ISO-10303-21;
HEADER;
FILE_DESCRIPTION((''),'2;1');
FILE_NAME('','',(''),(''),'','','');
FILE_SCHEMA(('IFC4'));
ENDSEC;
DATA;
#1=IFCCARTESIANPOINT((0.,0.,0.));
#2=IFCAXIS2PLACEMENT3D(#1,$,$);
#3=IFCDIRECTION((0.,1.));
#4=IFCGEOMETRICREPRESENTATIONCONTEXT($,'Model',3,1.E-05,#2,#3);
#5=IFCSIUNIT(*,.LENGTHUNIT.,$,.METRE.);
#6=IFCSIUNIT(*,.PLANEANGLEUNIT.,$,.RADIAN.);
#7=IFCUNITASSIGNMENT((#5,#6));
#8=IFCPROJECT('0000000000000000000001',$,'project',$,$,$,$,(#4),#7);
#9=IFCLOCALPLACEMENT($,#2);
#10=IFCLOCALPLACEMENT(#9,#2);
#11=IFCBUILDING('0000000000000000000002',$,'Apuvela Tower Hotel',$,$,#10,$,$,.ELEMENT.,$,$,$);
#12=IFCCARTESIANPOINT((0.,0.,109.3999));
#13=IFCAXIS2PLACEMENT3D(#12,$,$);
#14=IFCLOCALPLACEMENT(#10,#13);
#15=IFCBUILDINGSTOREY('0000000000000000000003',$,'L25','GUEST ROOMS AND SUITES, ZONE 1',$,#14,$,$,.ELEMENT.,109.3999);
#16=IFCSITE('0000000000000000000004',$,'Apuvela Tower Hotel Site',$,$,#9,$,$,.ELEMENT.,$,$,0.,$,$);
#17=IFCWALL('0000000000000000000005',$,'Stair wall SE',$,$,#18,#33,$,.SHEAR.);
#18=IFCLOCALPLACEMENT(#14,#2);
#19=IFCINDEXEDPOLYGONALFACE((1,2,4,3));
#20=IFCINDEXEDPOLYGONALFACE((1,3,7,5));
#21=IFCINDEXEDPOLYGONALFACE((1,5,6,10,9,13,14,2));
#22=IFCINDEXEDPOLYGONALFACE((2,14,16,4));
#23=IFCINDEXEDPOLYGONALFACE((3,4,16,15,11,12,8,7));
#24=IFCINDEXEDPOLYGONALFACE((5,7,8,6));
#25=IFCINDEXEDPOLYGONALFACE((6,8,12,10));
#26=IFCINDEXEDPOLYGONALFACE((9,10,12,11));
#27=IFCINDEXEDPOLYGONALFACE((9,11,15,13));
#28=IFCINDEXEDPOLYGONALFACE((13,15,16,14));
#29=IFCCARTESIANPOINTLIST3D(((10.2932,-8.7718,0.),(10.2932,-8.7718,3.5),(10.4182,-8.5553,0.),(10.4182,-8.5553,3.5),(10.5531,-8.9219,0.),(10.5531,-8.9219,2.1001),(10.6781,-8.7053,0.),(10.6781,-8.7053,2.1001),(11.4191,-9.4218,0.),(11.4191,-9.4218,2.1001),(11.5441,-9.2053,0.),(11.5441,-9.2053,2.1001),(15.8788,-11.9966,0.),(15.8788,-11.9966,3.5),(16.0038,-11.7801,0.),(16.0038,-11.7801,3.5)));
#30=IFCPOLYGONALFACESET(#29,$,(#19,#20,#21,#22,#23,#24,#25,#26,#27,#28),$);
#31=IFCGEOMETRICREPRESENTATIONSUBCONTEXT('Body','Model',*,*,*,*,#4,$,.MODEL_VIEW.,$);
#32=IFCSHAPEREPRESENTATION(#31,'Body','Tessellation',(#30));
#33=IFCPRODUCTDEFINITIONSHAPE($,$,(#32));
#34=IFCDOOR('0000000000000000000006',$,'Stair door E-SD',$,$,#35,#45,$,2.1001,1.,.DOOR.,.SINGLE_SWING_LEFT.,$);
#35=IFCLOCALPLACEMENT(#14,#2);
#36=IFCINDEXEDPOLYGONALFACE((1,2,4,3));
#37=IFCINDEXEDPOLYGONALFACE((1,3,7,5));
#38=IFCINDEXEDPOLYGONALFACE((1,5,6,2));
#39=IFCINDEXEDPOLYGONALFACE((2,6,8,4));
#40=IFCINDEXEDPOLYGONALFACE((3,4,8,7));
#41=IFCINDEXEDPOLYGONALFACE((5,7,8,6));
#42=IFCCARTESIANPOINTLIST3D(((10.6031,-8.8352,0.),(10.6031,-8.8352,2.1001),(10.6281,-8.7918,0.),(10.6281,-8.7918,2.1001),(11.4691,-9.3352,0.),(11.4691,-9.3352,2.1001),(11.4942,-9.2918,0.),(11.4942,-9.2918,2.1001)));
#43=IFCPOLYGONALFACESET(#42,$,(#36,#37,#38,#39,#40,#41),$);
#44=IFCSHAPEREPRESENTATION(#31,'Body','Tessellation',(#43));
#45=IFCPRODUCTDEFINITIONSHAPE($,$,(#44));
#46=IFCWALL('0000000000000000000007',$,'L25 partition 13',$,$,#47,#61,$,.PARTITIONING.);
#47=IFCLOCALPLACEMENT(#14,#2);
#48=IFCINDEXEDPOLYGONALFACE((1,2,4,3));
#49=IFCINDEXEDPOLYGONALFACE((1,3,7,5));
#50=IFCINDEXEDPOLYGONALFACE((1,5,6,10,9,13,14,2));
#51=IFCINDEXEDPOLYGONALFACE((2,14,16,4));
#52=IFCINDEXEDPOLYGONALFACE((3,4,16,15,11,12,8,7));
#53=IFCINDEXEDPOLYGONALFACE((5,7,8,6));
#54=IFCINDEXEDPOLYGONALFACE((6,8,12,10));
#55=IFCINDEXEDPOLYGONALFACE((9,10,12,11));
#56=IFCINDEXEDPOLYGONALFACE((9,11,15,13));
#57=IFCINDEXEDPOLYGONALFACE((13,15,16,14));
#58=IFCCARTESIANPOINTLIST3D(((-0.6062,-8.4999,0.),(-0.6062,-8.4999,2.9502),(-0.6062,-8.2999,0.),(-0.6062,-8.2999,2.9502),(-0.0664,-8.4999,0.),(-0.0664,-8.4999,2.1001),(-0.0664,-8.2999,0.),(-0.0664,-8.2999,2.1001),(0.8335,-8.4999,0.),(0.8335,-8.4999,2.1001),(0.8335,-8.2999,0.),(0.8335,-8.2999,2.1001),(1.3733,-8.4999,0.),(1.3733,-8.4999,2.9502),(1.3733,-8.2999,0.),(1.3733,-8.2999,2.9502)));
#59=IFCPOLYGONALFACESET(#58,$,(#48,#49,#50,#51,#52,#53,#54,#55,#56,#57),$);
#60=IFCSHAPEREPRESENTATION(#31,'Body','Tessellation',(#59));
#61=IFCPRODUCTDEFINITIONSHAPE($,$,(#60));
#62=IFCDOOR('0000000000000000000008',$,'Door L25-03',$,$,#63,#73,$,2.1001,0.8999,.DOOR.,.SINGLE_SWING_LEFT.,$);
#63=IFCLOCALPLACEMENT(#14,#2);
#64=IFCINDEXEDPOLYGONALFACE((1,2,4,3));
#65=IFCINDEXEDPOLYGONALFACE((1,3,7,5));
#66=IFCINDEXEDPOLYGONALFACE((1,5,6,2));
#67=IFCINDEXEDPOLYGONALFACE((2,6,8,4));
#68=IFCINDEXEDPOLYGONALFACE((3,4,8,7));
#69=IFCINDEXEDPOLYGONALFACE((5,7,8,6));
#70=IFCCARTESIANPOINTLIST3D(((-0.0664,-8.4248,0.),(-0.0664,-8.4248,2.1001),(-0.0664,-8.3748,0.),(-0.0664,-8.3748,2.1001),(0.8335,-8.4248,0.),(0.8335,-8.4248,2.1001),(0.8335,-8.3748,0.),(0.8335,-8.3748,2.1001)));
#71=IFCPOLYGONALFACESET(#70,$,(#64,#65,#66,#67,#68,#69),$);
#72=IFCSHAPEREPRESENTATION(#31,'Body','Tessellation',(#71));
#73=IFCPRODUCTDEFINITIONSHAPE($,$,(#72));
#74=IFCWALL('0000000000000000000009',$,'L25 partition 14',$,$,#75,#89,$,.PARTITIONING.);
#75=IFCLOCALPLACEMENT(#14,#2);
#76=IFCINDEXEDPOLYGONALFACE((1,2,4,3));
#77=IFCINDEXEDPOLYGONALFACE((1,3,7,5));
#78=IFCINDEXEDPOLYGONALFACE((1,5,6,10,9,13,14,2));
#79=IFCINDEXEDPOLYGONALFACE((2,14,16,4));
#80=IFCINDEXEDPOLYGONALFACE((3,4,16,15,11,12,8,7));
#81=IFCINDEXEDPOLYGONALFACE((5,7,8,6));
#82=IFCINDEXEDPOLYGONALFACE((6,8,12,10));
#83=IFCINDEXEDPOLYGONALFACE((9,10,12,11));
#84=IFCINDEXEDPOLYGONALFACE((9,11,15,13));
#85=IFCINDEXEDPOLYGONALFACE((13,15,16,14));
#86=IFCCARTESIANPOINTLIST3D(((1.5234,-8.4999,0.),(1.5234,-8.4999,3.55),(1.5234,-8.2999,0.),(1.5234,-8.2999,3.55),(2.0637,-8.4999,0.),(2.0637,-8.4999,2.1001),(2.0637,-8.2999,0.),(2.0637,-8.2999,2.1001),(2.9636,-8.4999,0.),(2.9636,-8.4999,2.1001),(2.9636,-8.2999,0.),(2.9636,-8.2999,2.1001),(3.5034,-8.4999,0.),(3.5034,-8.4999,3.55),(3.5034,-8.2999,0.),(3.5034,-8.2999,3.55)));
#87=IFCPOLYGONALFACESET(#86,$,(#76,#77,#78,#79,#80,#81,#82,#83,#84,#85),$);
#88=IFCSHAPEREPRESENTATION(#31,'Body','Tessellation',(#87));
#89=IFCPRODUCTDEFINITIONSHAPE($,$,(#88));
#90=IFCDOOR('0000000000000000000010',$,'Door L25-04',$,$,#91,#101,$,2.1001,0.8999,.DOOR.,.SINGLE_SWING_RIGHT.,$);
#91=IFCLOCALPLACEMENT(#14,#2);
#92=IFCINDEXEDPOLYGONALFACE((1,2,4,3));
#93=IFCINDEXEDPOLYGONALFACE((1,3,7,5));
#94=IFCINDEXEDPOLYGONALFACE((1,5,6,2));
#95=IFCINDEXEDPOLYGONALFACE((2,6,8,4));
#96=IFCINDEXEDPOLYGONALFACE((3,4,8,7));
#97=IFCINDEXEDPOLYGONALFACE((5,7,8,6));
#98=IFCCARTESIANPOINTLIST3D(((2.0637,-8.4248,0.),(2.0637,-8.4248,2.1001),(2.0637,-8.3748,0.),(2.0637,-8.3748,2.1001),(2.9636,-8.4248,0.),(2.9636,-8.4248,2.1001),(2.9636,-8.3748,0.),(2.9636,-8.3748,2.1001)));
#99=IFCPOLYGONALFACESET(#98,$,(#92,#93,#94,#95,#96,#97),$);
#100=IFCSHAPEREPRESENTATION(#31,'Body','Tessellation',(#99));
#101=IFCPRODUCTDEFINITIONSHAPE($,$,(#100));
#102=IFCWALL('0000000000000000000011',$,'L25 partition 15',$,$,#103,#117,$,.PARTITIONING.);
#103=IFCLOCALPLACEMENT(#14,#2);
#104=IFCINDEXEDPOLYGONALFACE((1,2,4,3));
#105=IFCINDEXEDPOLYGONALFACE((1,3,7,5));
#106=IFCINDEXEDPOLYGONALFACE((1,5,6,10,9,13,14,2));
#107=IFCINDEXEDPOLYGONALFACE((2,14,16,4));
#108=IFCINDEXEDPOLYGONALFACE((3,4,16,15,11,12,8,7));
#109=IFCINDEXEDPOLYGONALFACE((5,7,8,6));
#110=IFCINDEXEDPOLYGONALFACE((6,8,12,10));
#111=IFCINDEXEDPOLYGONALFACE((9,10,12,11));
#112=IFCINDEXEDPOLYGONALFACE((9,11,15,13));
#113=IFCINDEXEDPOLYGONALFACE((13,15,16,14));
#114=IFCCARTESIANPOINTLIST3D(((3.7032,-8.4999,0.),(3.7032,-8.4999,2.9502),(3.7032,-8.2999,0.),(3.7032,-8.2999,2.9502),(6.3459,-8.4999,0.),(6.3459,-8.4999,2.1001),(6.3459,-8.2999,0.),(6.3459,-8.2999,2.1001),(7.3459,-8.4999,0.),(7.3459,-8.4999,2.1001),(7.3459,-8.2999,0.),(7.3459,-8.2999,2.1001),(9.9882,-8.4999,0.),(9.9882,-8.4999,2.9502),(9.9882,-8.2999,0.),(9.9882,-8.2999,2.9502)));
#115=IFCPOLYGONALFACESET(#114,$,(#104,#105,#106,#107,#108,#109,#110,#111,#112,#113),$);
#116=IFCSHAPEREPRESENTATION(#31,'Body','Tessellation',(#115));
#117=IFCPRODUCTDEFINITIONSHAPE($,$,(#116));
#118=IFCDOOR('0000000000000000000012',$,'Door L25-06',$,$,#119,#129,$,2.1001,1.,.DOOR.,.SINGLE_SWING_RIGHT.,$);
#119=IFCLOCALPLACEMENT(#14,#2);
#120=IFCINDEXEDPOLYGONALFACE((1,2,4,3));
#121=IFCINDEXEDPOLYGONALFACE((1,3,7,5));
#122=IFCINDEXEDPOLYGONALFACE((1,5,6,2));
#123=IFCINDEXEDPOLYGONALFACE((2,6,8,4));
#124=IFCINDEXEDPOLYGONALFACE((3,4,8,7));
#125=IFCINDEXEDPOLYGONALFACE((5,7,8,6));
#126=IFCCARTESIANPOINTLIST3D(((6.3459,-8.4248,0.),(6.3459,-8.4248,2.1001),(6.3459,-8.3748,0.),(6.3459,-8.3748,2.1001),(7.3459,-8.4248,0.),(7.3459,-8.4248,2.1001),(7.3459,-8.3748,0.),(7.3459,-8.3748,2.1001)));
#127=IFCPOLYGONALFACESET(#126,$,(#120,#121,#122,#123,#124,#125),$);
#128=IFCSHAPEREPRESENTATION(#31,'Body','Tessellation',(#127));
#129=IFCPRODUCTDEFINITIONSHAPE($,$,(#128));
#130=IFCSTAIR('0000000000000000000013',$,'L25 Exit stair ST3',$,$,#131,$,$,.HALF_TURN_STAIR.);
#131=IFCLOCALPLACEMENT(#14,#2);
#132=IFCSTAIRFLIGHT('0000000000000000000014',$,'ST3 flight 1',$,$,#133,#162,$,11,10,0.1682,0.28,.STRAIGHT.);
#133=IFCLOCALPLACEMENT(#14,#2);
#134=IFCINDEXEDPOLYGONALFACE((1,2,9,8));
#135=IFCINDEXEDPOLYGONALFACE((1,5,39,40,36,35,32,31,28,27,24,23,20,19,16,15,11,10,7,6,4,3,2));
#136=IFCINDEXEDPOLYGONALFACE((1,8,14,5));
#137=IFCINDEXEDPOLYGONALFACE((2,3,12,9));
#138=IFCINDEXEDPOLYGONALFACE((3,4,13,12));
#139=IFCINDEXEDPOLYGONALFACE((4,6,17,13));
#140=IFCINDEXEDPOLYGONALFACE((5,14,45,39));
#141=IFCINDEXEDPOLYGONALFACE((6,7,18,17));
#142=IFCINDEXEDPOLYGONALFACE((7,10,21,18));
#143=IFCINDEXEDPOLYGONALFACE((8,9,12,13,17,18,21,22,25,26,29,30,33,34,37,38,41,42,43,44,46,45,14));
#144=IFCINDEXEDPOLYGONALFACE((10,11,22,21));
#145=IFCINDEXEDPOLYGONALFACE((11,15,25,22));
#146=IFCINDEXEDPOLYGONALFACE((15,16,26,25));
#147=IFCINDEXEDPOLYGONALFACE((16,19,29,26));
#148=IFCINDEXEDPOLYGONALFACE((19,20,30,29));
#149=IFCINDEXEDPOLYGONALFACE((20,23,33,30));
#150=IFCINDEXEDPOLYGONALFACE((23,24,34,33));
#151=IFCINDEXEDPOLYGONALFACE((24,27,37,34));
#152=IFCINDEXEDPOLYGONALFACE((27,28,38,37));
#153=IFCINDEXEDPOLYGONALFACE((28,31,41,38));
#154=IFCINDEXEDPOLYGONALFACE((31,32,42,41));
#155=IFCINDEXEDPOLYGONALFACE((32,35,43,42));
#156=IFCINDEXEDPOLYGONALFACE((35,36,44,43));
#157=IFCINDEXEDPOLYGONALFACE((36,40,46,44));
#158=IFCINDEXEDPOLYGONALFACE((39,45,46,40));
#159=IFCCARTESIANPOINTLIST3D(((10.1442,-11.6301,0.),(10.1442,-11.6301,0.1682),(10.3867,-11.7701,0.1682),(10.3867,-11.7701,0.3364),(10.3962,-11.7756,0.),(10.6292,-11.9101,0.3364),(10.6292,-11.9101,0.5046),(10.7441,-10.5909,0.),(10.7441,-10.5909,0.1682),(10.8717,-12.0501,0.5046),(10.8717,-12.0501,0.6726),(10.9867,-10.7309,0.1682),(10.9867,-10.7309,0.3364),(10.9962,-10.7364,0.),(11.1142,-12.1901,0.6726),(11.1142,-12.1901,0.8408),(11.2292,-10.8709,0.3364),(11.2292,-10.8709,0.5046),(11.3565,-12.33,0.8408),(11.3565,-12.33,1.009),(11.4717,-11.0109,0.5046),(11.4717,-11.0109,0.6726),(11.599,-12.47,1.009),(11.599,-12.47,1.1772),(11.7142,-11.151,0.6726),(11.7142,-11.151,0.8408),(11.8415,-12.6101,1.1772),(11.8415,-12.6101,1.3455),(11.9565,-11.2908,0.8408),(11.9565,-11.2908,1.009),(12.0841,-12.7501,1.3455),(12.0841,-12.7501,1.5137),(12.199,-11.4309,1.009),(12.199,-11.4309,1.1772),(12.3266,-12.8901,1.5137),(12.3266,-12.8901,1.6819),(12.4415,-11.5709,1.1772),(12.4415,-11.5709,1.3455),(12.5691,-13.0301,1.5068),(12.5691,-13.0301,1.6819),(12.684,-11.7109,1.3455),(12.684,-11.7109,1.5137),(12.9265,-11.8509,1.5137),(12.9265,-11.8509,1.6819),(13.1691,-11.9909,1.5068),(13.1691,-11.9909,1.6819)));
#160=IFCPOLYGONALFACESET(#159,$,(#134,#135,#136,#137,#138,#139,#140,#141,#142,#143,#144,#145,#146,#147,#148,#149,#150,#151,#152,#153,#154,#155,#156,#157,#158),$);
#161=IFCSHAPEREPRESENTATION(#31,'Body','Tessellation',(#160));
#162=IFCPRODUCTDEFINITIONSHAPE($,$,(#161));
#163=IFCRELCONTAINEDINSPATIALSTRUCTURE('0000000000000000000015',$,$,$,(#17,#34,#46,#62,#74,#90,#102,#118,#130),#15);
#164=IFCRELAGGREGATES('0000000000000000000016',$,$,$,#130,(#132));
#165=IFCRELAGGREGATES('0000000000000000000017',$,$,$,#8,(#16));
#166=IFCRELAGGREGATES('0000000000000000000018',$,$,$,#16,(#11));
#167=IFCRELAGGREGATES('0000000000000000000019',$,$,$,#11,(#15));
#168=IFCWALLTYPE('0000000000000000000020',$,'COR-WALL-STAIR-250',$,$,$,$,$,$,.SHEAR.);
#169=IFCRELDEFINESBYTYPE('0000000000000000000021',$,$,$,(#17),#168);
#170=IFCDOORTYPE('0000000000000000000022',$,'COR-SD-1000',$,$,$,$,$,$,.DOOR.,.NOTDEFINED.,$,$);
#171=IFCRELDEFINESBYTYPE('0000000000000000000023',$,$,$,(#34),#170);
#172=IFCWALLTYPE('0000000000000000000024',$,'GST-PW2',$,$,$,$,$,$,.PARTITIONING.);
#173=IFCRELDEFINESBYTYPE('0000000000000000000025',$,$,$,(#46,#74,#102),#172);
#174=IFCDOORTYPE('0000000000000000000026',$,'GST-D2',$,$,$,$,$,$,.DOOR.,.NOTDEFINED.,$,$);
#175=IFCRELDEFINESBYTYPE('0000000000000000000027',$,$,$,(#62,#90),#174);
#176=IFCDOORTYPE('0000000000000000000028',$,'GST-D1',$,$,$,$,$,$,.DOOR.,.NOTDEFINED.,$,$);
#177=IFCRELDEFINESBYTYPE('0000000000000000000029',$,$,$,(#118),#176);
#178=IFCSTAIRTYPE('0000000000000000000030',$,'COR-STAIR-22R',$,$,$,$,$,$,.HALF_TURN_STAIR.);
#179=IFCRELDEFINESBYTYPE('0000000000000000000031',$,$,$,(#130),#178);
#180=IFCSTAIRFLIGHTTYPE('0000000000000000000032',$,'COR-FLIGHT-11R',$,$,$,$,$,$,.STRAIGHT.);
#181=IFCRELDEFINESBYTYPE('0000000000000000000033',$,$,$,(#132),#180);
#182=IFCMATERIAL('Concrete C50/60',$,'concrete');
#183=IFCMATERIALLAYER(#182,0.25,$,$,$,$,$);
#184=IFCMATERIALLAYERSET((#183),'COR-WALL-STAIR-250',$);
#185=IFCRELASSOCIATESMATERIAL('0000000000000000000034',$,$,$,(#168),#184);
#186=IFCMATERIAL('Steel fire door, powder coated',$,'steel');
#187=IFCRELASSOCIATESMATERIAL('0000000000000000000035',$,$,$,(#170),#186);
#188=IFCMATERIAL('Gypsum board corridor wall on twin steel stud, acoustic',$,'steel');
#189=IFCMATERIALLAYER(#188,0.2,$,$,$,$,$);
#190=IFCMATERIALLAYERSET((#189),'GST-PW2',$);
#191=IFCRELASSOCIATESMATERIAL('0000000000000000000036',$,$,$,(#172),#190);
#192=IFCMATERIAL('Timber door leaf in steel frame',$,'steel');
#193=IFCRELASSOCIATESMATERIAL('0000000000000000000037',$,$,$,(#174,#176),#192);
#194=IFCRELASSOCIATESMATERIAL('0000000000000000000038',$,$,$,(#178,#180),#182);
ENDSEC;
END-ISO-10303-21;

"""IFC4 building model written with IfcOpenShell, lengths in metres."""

from ifc_helpers import new_model, si_unit, direction, frame, frame_2d, origin, place, context, subcontext, project, spatial, polyline, rectangle, outline, extrude, material, layer, layer_set, type_object, element, fill, aggregate, save


model = new_model("IFC4")

# Units and contexts
model_context = context("Model", 3, precision=1e-05, world=origin(), true_north=direction((0.0, 1.0)))
body_context = subcontext(model_context, "Body", "Model", "MODEL_VIEW")
ifc_project = project(units=[si_unit("LENGTHUNIT", "METRE"), si_unit("PLANEANGLEUNIT", "RADIAN")], contexts=[model_context])

# Site, building, storey
site_placement = place(None, origin())
site = spatial("IfcSite", under=ifc_project, at=site_placement, Name="Apuvela Tower Hotel Site", CompositionType="ELEMENT", RefElevation=0.0)
building_placement = place(site_placement, origin())
building = spatial("IfcBuilding", under=site, at=building_placement, Name="Apuvela Tower Hotel", CompositionType="ELEMENT")
storey_placement = place(building_placement, frame((0.0, 0.0, 109.3999)))
storey = spatial("IfcBuildingStorey", under=building, at=storey_placement, Name="L25", Description="GUEST ROOMS AND SUITES, ZONE 1", CompositionType="ELEMENT", Elevation=109.3999)

# Shared definitions
ifc_material_1 = material(Name="Concrete C50/60", Category="concrete")
ifc_material_2 = material(Name="Steel fire door, powder coated", Category="steel")

# Walls, openings, doors
ifc_layer_1 = layer(ifc_material_1, 0.25)
ifc_layer_set_1 = layer_set([ifc_layer_1], Name="COR-WALL-STAIR-250")
wall_type_1 = type_object("IfcWallType", Name="COR-WALL-STAIR-250", PredefinedType="SHEAR", material=ifc_layer_set_1)
wall_1_placement = place(storey_placement, frame((10.3557, -8.6636, 0.0), z_axis=(0.0, 0.0, 1.0), x_axis=(0.866029, -0.499994, 0.0)))
wall_1 = element("IfcWall", 1, at=wall_1_placement, inside=storey, type_object=wall_type_1, Name="Stair wall SE", PredefinedType="SHEAR", context=body_context, shape_type="SweptSolid", body=[
    extrude(rectangle(XDim=6.4497, YDim=0.25, at=frame_2d((3.2249, 0.0))), origin(), (0.0, 0.0, 1.0), 3.5),
])
opening_1_placement = place(wall_1_placement, frame((0.3, 0.0, 0.0)))
opening_1 = element("IfcOpeningElement", 2, at=opening_1_placement, cuts=wall_1, PredefinedType="OPENING", context=body_context, shape_type="SweptSolid", body=[
    extrude(rectangle(XDim=1.0, YDim=2.1001, at=frame_2d((0.5, 1.05))), frame((0.0, 0.135, 0.0), z_axis=(0.0, -1.0, 0.0), x_axis=(1.0, 0.0, 0.0)), (0.0, 0.0, 1.0), 0.27),
])
door_type_1 = type_object("IfcDoorType", Name="COR-SD-1000", OperationType="NOTDEFINED", PredefinedType="DOOR", material=ifc_material_2)
door_1_placement = place(opening_1_placement, frame((1.0, 0.0, 0.0), z_axis=(0.0, 0.0, 1.0), x_axis=(-1.0, 0.0, 0.0)))
door_1 = element("IfcDoor", 3, at=door_1_placement, inside=storey, type_object=door_type_1, Name="Stair door E-SD", OperationType="SINGLE_SWING_LEFT", OverallHeight=2.1001, OverallWidth=1.0, PredefinedType="DOOR", context=body_context, shape_type="SweptSolid", body=[
    extrude(rectangle(XDim=1.0, YDim=2.1001, at=frame_2d((0.5, 1.05))), frame((0.0, 0.0249, 0.0), z_axis=(0.0, -1.0, 0.0), x_axis=(1.0, 0.0, 0.0)), (0.0, 0.0, 1.0), 0.05),
])
fill(opening_1, door_1)
ifc_material_3 = material(Name="Gypsum board corridor wall on twin steel stud, acoustic", Category="steel")
ifc_layer_2 = layer(ifc_material_3, 0.2)
ifc_layer_set_2 = layer_set([ifc_layer_2], Name="GST-PW2")
wall_type_2 = type_object("IfcWallType", Name="GST-PW2", PredefinedType="PARTITIONING", material=ifc_layer_set_2)
wall_2_placement = place(storey_placement, frame((1.3733, -8.3999, 0.0), z_axis=(0.0, 0.0, 1.0), x_axis=(-1.0, 0.0, 0.0)))
wall_2 = element("IfcWall", 4, at=wall_2_placement, inside=storey, type_object=wall_type_2, Name="L25 partition 13", PredefinedType="PARTITIONING", context=body_context, shape_type="SweptSolid", body=[
    extrude(rectangle(XDim=1.9795, YDim=0.2, at=frame_2d((0.9897, 0.0))), origin(), (0.0, 0.0, 1.0), 2.9502),
])
opening_2_placement = place(wall_2_placement, frame((0.5398, 0.0, 0.0)))
opening_2 = element("IfcOpeningElement", 5, at=opening_2_placement, cuts=wall_2, PredefinedType="OPENING", context=body_context, shape_type="SweptSolid", body=[
    extrude(rectangle(XDim=0.8999, YDim=2.1001, at=frame_2d((0.45, 1.05))), frame((0.0, 0.1099, 0.0), z_axis=(0.0, -1.0, 0.0), x_axis=(1.0, 0.0, 0.0)), (0.0, 0.0, 1.0), 0.22),
])
ifc_material_4 = material(Name="Timber door leaf in steel frame", Category="steel")
door_type_2 = type_object("IfcDoorType", Name="GST-D2", OperationType="NOTDEFINED", PredefinedType="DOOR", material=ifc_material_4)
door_2_placement = place(opening_2_placement, origin())
door_2 = element("IfcDoor", 6, at=door_2_placement, inside=storey, type_object=door_type_2, Name="Door L25-03", OperationType="SINGLE_SWING_LEFT", OverallHeight=2.1001, OverallWidth=0.8999, PredefinedType="DOOR", context=body_context, shape_type="SweptSolid", body=[
    extrude(rectangle(XDim=0.8999, YDim=2.1001, at=frame_2d((0.45, 1.05))), frame((0.0, 0.0249, 0.0), z_axis=(0.0, -1.0, 0.0), x_axis=(1.0, 0.0, 0.0)), (0.0, 0.0, 1.0), 0.05),
])
fill(opening_2, door_2)
wall_3_placement = place(storey_placement, frame((3.5034, -8.3999, 0.0), z_axis=(0.0, 0.0, 1.0), x_axis=(-1.0, 0.0, 0.0)))
wall_3 = element("IfcWall", 7, at=wall_3_placement, inside=storey, type_object=wall_type_2, Name="L25 partition 14", PredefinedType="PARTITIONING", context=body_context, shape_type="SweptSolid", body=[
    extrude(rectangle(XDim=1.98, YDim=0.2, at=frame_2d((0.99, 0.0))), origin(), (0.0, 0.0, 1.0), 3.55),
])
opening_3_placement = place(wall_3_placement, frame((0.5398, 0.0, 0.0)))
opening_3 = element("IfcOpeningElement", 8, at=opening_3_placement, cuts=wall_3, PredefinedType="OPENING", context=body_context, shape_type="SweptSolid", body=[
    extrude(rectangle(XDim=0.8999, YDim=2.1001, at=frame_2d((0.45, 1.05))), frame((0.0, 0.1099, 0.0), z_axis=(0.0, -1.0, 0.0), x_axis=(1.0, 0.0, 0.0)), (0.0, 0.0, 1.0), 0.22),
])
door_3_placement = place(opening_3_placement, origin())
door_3 = element("IfcDoor", 9, at=door_3_placement, inside=storey, type_object=door_type_2, Name="Door L25-04", OperationType="SINGLE_SWING_RIGHT", OverallHeight=2.1001, OverallWidth=0.8999, PredefinedType="DOOR", context=body_context, shape_type="SweptSolid", body=[
    extrude(rectangle(XDim=0.8999, YDim=2.1001, at=frame_2d((0.45, 1.05))), frame((0.0, 0.0249, 0.0), z_axis=(0.0, -1.0, 0.0), x_axis=(1.0, 0.0, 0.0)), (0.0, 0.0, 1.0), 0.05),
])
fill(opening_3, door_3)
wall_4_placement = place(storey_placement, frame((9.9883, -8.3999, 0.0), z_axis=(0.0, 0.0, 1.0), x_axis=(-1.0, 0.0, 0.0)))
wall_4 = element("IfcWall", 10, at=wall_4_placement, inside=storey, type_object=wall_type_2, Name="L25 partition 15", PredefinedType="PARTITIONING", context=body_context, shape_type="SweptSolid", body=[
    extrude(rectangle(XDim=6.2849, YDim=0.2, at=frame_2d((3.1426, 0.0))), origin(), (0.0, 0.0, 1.0), 2.9502),
])
opening_4_placement = place(wall_4_placement, frame((2.6423, 0.0, 0.0)))
opening_4 = element("IfcOpeningElement", 11, at=opening_4_placement, cuts=wall_4, PredefinedType="OPENING", context=body_context, shape_type="SweptSolid", body=[
    extrude(rectangle(XDim=1.0, YDim=2.1001, at=frame_2d((0.5, 1.05))), frame((0.0, 0.1099, 0.0), z_axis=(0.0, -1.0, 0.0), x_axis=(1.0, 0.0, 0.0)), (0.0, 0.0, 1.0), 0.22),
])
door_type_3 = type_object("IfcDoorType", Name="GST-D1", OperationType="NOTDEFINED", PredefinedType="DOOR", material=ifc_material_4)
door_4_placement = place(opening_4_placement, origin())
door_4 = element("IfcDoor", 12, at=door_4_placement, inside=storey, type_object=door_type_3, Name="Door L25-06", OperationType="SINGLE_SWING_RIGHT", OverallHeight=2.1001, OverallWidth=1.0, PredefinedType="DOOR", context=body_context, shape_type="SweptSolid", body=[
    extrude(rectangle(XDim=1.0, YDim=2.1001, at=frame_2d((0.5, 1.05))), frame((0.0, 0.0249, 0.0), z_axis=(0.0, -1.0, 0.0), x_axis=(1.0, 0.0, 0.0)), (0.0, 0.0, 1.0), 0.05),
])
fill(opening_4, door_4)

# Stair, stair flight
stair_type = type_object("IfcStairType", Name="COR-STAIR-22R", PredefinedType="HALF_TURN_STAIR", material=ifc_material_1)
stair_placement = place(storey_placement, origin())
stair = element("IfcStair", 13, at=stair_placement, inside=storey, type_object=stair_type, Name="L25 Exit stair ST3", PredefinedType="HALF_TURN_STAIR")
stair_flight_type = type_object("IfcStairFlightType", Name="COR-FLIGHT-11R", PredefinedType="STRAIGHT", material=ifc_material_1)
stair_flight_1_placement = place(storey_placement, frame((10.4441, -11.1106, 0.0), z_axis=(0.0, 0.0, 1.0), x_axis=(0.866025, -0.5, 0.0)))
stair_flight_1 = element("IfcStairFlight", 14, at=stair_flight_1_placement, type_object=stair_flight_type, Name="ST3 flight 1", NumberOfRisers=11, NumberOfTreads=10, PredefinedType="STRAIGHT", RiserHeight=0.1682, TreadLength=0.28, context=body_context, shape_type="SweptSolid", body=[
    extrude(outline(polyline([(0.0, 0.0), (0.0, 0.1682), (0.28, 0.1682), (0.28, 0.3364), (0.5601, 0.3364), (0.5601, 0.5046), (0.8401, 0.5046), (0.8401, 0.6726), (1.1201, 0.6726), (1.1201, 0.8408), (1.3999, 0.8408), (1.3999, 1.009), (1.6799, 1.009), (1.6799, 1.1772), (1.96, 1.1772), (1.96, 1.3455), (2.24, 1.3455), (2.24, 1.5137), (2.52, 1.5137), (2.52, 1.6819), (2.8, 1.6819), (2.8, 1.8501), (2.8, 1.5068), (0.291, 0.0), (0.0, 0.0)])), frame((0.0, 0.6001, 0.0), z_axis=(0.0, -1.0, 0.0), x_axis=(1.0, 0.0, 0.0)), (0.0, 0.0, 1.0), 1.2),
])
aggregate(stair, [stair_flight_1])

save(model, "model.ifc")
